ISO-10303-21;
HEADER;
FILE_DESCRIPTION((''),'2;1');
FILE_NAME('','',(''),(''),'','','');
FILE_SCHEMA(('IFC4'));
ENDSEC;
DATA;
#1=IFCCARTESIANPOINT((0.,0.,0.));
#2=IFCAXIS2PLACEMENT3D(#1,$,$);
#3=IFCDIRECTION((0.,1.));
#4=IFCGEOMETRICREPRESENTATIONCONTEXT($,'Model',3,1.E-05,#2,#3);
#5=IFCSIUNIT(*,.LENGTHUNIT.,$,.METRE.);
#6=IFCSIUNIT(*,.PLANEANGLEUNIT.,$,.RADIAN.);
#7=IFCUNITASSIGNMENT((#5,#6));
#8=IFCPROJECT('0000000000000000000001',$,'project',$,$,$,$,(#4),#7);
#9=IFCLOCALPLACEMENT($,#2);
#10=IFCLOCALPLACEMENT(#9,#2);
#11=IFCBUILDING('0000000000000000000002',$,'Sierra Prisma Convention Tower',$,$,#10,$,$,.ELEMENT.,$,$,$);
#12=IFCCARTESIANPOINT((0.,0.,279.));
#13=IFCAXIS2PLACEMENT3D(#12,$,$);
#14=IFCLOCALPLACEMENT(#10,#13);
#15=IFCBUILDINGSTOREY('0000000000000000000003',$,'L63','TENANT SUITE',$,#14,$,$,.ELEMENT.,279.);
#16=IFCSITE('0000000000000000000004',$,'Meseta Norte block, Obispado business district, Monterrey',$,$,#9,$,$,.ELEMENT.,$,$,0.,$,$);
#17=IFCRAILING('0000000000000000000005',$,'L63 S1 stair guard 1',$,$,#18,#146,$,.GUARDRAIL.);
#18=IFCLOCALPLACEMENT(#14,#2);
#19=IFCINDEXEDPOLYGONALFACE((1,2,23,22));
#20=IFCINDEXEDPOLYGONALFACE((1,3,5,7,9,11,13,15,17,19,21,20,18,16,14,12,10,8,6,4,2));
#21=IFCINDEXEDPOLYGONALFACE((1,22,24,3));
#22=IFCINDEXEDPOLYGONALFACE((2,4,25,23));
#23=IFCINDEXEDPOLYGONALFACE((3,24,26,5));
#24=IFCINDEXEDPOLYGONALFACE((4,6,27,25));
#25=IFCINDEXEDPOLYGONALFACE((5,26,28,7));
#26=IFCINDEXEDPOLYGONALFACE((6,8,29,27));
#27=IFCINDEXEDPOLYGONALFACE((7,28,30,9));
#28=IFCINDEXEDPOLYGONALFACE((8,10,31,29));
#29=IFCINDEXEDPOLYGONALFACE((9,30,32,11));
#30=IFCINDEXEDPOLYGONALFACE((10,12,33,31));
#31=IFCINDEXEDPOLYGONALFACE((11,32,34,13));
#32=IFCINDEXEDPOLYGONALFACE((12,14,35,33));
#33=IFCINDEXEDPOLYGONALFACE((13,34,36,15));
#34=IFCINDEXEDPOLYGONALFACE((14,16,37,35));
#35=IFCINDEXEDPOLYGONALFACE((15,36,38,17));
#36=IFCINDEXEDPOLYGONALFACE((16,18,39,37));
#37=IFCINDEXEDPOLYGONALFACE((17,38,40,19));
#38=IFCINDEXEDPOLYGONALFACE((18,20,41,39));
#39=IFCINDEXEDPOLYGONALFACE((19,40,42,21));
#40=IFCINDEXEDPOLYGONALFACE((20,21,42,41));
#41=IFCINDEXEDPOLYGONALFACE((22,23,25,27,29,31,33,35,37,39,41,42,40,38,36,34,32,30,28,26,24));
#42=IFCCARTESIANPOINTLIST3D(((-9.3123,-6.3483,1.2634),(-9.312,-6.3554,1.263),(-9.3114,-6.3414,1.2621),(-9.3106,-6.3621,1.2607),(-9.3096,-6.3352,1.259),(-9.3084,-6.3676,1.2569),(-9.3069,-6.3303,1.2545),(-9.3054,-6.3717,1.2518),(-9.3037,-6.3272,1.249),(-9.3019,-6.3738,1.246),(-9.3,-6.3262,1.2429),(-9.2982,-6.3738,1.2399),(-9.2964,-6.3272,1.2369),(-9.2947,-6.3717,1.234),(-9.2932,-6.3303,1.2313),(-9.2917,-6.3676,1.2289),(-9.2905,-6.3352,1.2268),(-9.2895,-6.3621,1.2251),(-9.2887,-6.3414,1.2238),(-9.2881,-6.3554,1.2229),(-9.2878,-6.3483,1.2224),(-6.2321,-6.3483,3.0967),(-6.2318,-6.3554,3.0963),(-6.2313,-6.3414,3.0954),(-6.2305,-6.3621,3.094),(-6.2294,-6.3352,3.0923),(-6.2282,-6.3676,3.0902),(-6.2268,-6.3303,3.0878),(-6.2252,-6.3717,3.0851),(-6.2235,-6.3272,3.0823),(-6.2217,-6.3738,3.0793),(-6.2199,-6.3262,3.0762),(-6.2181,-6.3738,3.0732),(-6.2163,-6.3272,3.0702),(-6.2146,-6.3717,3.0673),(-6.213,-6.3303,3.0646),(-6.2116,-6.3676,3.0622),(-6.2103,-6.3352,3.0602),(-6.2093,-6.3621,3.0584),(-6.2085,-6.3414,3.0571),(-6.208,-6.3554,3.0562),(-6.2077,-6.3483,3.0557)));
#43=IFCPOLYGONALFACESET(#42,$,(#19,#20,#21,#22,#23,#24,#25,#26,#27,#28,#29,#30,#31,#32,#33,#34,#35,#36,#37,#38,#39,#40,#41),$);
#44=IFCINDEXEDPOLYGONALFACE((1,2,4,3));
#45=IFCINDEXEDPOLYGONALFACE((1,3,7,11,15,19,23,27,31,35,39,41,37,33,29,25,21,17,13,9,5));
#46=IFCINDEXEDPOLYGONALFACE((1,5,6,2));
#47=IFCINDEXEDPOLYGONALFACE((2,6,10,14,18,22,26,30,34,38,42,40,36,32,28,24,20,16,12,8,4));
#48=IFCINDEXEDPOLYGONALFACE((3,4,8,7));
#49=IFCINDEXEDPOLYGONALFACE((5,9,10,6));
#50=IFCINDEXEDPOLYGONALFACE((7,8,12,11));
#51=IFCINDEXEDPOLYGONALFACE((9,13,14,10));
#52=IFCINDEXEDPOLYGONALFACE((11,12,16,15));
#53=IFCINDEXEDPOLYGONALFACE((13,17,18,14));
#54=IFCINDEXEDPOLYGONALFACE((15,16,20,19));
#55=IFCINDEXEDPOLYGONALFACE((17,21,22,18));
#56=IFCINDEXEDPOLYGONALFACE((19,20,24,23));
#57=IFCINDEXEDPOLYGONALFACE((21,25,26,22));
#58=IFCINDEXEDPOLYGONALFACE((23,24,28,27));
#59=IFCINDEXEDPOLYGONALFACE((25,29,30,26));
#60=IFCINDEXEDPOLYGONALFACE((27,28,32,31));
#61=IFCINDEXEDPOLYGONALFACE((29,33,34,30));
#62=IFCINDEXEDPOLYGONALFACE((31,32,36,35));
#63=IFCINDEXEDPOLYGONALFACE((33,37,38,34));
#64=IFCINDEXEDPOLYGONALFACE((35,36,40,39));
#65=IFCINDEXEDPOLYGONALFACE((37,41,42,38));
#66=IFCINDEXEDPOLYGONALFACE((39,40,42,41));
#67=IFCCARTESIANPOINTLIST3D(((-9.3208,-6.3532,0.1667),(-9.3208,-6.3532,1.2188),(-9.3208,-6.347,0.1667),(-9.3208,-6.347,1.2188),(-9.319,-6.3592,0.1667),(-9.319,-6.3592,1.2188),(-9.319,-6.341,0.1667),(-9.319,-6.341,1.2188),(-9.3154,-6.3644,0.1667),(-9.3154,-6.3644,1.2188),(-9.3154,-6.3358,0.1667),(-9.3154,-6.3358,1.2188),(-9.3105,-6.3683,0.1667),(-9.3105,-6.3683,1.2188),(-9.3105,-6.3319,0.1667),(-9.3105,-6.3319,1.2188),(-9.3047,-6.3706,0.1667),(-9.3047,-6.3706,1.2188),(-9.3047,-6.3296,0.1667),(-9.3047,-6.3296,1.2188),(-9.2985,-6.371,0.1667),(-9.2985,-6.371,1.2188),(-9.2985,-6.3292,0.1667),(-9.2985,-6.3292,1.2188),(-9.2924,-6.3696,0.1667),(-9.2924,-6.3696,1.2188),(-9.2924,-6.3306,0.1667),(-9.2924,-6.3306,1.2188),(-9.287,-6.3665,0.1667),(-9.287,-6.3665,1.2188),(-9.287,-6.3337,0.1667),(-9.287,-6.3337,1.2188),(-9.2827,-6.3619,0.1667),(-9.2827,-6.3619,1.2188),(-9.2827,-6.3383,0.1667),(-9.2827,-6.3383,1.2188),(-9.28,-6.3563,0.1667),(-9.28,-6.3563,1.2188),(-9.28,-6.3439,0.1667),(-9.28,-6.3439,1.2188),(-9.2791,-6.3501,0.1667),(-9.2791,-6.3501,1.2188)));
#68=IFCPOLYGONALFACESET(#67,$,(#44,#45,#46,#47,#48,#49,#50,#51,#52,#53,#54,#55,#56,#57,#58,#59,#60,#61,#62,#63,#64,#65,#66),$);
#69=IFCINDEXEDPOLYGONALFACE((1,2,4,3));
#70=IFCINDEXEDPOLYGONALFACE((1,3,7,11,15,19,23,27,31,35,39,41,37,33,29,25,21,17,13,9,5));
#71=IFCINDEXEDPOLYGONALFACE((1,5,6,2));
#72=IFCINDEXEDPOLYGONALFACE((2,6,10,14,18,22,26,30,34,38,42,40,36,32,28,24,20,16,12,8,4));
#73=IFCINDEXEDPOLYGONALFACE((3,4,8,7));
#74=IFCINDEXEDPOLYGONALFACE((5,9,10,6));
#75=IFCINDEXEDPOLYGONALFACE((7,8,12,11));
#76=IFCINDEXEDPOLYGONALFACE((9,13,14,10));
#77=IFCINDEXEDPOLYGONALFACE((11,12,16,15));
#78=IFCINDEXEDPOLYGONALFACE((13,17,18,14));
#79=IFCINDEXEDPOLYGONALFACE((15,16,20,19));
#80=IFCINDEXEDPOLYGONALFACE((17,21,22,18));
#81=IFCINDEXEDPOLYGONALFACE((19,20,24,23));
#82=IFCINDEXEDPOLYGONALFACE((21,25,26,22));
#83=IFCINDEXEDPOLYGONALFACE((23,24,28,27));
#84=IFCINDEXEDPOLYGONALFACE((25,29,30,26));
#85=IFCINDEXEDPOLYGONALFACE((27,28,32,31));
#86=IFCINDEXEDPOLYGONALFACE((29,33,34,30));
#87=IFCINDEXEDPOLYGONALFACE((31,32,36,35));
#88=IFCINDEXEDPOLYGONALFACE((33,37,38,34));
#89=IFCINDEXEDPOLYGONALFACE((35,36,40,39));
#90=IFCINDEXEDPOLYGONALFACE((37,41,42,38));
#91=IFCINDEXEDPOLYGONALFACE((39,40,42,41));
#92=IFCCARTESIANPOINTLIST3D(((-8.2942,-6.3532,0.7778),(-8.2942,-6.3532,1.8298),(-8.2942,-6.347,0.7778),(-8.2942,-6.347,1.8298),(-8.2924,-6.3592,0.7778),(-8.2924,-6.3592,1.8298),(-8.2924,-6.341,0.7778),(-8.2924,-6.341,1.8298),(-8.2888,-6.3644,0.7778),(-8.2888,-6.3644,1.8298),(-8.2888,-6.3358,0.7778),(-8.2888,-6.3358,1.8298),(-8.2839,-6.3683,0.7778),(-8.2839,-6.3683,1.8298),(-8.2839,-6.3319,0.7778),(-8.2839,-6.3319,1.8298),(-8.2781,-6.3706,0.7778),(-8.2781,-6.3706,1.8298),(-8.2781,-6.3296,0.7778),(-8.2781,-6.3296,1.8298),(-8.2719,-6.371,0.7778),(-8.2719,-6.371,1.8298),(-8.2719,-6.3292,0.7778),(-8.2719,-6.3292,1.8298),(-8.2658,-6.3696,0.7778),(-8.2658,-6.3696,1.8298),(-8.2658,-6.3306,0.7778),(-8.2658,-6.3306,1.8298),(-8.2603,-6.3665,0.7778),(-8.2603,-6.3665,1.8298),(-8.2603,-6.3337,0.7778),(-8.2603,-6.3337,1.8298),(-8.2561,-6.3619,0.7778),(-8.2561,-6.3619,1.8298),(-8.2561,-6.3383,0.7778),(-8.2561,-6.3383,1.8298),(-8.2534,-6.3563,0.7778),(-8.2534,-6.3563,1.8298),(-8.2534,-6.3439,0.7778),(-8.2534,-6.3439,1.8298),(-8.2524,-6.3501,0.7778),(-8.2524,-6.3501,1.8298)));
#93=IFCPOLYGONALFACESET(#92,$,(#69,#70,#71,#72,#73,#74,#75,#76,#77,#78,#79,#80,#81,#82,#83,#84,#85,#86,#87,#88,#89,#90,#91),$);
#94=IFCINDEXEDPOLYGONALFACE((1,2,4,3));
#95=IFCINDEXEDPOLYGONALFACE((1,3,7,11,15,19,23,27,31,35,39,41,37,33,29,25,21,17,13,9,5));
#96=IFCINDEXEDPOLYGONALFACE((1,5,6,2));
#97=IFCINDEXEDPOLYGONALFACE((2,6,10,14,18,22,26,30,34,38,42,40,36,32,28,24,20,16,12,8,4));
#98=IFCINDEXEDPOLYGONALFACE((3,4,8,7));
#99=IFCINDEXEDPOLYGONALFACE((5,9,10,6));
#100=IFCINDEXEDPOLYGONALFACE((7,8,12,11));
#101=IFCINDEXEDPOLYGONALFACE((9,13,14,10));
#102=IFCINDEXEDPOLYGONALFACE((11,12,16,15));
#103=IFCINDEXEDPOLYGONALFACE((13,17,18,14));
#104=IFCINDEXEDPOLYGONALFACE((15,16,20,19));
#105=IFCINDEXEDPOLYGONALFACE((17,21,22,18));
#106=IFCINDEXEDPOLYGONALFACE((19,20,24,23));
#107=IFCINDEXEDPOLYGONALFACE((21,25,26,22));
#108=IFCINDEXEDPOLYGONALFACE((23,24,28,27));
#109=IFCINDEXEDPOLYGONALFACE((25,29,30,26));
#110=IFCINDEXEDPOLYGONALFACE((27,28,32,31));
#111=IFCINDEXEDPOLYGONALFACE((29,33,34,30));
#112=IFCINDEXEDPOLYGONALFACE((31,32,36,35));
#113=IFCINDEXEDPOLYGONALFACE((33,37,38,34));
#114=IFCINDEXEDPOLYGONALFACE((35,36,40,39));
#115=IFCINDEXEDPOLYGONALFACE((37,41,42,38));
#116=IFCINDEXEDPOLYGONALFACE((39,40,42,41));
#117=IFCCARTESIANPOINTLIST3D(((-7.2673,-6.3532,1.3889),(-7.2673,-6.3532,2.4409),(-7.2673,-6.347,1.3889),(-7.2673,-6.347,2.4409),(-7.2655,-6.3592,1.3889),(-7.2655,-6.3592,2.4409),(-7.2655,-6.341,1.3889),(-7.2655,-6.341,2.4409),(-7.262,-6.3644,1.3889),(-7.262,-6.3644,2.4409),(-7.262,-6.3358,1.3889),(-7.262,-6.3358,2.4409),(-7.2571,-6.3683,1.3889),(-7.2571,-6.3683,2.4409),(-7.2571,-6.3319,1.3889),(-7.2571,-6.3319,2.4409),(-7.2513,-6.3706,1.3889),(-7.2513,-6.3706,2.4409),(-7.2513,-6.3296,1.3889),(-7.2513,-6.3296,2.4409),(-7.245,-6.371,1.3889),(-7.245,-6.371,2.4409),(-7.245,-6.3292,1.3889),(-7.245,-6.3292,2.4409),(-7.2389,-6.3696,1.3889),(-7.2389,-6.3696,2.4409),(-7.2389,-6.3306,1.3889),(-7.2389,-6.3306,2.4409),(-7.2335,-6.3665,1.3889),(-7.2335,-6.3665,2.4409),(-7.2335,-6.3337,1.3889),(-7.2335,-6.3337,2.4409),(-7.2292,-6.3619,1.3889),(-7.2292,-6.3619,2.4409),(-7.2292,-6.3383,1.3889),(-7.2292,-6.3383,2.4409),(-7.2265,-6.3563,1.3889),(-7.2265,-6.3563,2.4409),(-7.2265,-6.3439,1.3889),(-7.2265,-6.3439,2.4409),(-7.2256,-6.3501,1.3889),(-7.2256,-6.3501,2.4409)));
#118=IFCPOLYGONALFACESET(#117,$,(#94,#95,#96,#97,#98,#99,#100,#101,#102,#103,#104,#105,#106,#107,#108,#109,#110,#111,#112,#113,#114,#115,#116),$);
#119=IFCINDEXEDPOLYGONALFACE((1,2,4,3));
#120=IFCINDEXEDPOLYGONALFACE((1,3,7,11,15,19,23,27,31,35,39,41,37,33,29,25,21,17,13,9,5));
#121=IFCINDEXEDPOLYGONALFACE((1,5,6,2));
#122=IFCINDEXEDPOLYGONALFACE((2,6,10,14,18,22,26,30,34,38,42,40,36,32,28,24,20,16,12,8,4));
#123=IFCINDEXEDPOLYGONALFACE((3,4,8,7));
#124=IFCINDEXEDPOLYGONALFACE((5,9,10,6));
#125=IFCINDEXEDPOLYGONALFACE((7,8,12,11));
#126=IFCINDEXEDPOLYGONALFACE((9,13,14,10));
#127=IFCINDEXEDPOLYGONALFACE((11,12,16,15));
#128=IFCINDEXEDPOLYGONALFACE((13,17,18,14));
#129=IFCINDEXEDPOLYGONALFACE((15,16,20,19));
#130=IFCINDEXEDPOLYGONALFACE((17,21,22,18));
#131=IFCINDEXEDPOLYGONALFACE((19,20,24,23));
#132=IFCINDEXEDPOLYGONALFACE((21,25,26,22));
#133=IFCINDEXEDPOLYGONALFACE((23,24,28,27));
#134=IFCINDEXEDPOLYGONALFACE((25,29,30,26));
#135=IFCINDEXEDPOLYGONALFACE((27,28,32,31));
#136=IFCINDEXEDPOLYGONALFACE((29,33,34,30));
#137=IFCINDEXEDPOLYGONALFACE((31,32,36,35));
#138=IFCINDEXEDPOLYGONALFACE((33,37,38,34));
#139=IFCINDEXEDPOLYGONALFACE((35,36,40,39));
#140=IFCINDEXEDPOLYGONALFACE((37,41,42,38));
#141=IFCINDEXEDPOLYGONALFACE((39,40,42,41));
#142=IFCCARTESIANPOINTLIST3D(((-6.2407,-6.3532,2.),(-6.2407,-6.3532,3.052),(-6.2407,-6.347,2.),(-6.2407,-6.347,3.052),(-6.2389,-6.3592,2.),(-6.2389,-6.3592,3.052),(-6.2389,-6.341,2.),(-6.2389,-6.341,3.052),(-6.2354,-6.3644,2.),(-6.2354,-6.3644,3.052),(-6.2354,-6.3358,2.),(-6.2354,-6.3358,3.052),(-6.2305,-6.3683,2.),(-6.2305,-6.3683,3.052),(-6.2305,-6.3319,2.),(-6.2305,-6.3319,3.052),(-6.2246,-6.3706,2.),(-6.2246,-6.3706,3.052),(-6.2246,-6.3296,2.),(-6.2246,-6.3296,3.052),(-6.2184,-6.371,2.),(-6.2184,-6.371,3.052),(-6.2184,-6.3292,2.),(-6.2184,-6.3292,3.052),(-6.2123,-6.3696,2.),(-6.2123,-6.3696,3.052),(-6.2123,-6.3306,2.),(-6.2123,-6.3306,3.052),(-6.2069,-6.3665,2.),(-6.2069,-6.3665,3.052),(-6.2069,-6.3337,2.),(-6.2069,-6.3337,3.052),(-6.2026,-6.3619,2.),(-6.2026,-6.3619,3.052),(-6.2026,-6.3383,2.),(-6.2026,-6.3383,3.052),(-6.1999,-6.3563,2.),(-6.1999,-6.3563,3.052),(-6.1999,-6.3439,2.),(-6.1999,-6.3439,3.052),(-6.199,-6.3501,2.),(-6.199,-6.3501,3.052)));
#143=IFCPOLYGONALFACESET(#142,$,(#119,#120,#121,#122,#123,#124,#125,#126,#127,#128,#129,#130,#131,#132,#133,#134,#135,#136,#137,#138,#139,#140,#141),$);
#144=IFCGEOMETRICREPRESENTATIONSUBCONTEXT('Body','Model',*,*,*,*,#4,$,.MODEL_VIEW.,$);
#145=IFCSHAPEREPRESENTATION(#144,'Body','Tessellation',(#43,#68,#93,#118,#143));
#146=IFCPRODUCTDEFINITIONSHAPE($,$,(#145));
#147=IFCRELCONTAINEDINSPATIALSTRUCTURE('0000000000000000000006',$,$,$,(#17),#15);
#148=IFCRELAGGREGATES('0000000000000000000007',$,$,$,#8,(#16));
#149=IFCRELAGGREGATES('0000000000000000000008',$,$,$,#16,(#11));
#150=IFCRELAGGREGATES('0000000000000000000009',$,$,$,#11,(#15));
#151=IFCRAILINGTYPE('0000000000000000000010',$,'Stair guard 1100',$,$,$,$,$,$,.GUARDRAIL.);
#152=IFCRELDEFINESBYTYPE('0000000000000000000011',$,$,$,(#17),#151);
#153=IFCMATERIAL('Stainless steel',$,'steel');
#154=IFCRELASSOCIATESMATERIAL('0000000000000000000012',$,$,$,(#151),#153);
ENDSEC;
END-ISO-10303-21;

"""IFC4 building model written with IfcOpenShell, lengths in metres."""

from ifc_helpers import new_model, si_unit, direction, frame, origin, origin_2d, place, context, subcontext, project, spatial, circle, extrude, material, type_object, element, save


model = new_model("IFC4")

# Units and contexts
model_context = context("Model", 3, precision=1e-05, world=origin(), true_north=direction((0.0, 1.0)))
body_context = subcontext(model_context, "Body", "Model", "MODEL_VIEW")
ifc_project = project(units=[si_unit("LENGTHUNIT", "METRE"), si_unit("PLANEANGLEUNIT", "RADIAN")], contexts=[model_context])

# Site, building, storey
site_placement = place(None, origin())
site = spatial("IfcSite", under=ifc_project, at=site_placement, Name="Meseta Norte block, Obispado business district, Monterrey", CompositionType="ELEMENT", RefElevation=0.0)
building_placement = place(site_placement, origin())
building = spatial("IfcBuilding", under=site, at=building_placement, Name="Sierra Prisma Convention Tower", CompositionType="ELEMENT")
storey_placement = place(building_placement, frame((0.0, 0.0, 279.0)))
storey = spatial("IfcBuildingStorey", under=building, at=storey_placement, Name="L63", Description="TENANT SUITE", CompositionType="ELEMENT", Elevation=279.0)

# Railing
ifc_material_1 = material(Name="Stainless steel", Category="steel")
railing_type_1 = type_object("IfcRailingType", Name="Stair guard 1100", PredefinedType="GUARDRAIL", material=ifc_material_1)
railing_1_placement = place(storey_placement, frame((-9.3, -6.3501, 0.1667)))
element("IfcRailing", 1, at=railing_1_placement, inside=storey, type_object=railing_type_1, Name="L63 S1 stair guard 1", PredefinedType="GUARDRAIL", context=body_context, shape_type="SweptSolid", body=[
    extrude(circle(Radius=0.0239, at=origin_2d()), frame((0.0, 0.0, 1.0762), z_axis=(0.859309, 0.0, 0.511458), x_axis=(0.0, 1.0, 0.0)), (0.0, 0.0, 1.0), 3.5845),
    extrude(circle(Radius=0.021, at=origin_2d()), origin(), (0.0, 0.0, 1.0), 1.052),
    extrude(circle(Radius=0.021, at=origin_2d()), frame((1.0266, 0.0, 0.6111)), (0.0, 0.0, 1.0), 1.052),
    extrude(circle(Radius=0.021, at=origin_2d()), frame((2.0535, 0.0, 1.2222)), (0.0, 0.0, 1.0), 1.052),
    extrude(circle(Radius=0.021, at=origin_2d()), frame((3.0801, 0.0, 1.8333)), (0.0, 0.0, 1.0), 1.052),
])

save(model, "model.ifc")
